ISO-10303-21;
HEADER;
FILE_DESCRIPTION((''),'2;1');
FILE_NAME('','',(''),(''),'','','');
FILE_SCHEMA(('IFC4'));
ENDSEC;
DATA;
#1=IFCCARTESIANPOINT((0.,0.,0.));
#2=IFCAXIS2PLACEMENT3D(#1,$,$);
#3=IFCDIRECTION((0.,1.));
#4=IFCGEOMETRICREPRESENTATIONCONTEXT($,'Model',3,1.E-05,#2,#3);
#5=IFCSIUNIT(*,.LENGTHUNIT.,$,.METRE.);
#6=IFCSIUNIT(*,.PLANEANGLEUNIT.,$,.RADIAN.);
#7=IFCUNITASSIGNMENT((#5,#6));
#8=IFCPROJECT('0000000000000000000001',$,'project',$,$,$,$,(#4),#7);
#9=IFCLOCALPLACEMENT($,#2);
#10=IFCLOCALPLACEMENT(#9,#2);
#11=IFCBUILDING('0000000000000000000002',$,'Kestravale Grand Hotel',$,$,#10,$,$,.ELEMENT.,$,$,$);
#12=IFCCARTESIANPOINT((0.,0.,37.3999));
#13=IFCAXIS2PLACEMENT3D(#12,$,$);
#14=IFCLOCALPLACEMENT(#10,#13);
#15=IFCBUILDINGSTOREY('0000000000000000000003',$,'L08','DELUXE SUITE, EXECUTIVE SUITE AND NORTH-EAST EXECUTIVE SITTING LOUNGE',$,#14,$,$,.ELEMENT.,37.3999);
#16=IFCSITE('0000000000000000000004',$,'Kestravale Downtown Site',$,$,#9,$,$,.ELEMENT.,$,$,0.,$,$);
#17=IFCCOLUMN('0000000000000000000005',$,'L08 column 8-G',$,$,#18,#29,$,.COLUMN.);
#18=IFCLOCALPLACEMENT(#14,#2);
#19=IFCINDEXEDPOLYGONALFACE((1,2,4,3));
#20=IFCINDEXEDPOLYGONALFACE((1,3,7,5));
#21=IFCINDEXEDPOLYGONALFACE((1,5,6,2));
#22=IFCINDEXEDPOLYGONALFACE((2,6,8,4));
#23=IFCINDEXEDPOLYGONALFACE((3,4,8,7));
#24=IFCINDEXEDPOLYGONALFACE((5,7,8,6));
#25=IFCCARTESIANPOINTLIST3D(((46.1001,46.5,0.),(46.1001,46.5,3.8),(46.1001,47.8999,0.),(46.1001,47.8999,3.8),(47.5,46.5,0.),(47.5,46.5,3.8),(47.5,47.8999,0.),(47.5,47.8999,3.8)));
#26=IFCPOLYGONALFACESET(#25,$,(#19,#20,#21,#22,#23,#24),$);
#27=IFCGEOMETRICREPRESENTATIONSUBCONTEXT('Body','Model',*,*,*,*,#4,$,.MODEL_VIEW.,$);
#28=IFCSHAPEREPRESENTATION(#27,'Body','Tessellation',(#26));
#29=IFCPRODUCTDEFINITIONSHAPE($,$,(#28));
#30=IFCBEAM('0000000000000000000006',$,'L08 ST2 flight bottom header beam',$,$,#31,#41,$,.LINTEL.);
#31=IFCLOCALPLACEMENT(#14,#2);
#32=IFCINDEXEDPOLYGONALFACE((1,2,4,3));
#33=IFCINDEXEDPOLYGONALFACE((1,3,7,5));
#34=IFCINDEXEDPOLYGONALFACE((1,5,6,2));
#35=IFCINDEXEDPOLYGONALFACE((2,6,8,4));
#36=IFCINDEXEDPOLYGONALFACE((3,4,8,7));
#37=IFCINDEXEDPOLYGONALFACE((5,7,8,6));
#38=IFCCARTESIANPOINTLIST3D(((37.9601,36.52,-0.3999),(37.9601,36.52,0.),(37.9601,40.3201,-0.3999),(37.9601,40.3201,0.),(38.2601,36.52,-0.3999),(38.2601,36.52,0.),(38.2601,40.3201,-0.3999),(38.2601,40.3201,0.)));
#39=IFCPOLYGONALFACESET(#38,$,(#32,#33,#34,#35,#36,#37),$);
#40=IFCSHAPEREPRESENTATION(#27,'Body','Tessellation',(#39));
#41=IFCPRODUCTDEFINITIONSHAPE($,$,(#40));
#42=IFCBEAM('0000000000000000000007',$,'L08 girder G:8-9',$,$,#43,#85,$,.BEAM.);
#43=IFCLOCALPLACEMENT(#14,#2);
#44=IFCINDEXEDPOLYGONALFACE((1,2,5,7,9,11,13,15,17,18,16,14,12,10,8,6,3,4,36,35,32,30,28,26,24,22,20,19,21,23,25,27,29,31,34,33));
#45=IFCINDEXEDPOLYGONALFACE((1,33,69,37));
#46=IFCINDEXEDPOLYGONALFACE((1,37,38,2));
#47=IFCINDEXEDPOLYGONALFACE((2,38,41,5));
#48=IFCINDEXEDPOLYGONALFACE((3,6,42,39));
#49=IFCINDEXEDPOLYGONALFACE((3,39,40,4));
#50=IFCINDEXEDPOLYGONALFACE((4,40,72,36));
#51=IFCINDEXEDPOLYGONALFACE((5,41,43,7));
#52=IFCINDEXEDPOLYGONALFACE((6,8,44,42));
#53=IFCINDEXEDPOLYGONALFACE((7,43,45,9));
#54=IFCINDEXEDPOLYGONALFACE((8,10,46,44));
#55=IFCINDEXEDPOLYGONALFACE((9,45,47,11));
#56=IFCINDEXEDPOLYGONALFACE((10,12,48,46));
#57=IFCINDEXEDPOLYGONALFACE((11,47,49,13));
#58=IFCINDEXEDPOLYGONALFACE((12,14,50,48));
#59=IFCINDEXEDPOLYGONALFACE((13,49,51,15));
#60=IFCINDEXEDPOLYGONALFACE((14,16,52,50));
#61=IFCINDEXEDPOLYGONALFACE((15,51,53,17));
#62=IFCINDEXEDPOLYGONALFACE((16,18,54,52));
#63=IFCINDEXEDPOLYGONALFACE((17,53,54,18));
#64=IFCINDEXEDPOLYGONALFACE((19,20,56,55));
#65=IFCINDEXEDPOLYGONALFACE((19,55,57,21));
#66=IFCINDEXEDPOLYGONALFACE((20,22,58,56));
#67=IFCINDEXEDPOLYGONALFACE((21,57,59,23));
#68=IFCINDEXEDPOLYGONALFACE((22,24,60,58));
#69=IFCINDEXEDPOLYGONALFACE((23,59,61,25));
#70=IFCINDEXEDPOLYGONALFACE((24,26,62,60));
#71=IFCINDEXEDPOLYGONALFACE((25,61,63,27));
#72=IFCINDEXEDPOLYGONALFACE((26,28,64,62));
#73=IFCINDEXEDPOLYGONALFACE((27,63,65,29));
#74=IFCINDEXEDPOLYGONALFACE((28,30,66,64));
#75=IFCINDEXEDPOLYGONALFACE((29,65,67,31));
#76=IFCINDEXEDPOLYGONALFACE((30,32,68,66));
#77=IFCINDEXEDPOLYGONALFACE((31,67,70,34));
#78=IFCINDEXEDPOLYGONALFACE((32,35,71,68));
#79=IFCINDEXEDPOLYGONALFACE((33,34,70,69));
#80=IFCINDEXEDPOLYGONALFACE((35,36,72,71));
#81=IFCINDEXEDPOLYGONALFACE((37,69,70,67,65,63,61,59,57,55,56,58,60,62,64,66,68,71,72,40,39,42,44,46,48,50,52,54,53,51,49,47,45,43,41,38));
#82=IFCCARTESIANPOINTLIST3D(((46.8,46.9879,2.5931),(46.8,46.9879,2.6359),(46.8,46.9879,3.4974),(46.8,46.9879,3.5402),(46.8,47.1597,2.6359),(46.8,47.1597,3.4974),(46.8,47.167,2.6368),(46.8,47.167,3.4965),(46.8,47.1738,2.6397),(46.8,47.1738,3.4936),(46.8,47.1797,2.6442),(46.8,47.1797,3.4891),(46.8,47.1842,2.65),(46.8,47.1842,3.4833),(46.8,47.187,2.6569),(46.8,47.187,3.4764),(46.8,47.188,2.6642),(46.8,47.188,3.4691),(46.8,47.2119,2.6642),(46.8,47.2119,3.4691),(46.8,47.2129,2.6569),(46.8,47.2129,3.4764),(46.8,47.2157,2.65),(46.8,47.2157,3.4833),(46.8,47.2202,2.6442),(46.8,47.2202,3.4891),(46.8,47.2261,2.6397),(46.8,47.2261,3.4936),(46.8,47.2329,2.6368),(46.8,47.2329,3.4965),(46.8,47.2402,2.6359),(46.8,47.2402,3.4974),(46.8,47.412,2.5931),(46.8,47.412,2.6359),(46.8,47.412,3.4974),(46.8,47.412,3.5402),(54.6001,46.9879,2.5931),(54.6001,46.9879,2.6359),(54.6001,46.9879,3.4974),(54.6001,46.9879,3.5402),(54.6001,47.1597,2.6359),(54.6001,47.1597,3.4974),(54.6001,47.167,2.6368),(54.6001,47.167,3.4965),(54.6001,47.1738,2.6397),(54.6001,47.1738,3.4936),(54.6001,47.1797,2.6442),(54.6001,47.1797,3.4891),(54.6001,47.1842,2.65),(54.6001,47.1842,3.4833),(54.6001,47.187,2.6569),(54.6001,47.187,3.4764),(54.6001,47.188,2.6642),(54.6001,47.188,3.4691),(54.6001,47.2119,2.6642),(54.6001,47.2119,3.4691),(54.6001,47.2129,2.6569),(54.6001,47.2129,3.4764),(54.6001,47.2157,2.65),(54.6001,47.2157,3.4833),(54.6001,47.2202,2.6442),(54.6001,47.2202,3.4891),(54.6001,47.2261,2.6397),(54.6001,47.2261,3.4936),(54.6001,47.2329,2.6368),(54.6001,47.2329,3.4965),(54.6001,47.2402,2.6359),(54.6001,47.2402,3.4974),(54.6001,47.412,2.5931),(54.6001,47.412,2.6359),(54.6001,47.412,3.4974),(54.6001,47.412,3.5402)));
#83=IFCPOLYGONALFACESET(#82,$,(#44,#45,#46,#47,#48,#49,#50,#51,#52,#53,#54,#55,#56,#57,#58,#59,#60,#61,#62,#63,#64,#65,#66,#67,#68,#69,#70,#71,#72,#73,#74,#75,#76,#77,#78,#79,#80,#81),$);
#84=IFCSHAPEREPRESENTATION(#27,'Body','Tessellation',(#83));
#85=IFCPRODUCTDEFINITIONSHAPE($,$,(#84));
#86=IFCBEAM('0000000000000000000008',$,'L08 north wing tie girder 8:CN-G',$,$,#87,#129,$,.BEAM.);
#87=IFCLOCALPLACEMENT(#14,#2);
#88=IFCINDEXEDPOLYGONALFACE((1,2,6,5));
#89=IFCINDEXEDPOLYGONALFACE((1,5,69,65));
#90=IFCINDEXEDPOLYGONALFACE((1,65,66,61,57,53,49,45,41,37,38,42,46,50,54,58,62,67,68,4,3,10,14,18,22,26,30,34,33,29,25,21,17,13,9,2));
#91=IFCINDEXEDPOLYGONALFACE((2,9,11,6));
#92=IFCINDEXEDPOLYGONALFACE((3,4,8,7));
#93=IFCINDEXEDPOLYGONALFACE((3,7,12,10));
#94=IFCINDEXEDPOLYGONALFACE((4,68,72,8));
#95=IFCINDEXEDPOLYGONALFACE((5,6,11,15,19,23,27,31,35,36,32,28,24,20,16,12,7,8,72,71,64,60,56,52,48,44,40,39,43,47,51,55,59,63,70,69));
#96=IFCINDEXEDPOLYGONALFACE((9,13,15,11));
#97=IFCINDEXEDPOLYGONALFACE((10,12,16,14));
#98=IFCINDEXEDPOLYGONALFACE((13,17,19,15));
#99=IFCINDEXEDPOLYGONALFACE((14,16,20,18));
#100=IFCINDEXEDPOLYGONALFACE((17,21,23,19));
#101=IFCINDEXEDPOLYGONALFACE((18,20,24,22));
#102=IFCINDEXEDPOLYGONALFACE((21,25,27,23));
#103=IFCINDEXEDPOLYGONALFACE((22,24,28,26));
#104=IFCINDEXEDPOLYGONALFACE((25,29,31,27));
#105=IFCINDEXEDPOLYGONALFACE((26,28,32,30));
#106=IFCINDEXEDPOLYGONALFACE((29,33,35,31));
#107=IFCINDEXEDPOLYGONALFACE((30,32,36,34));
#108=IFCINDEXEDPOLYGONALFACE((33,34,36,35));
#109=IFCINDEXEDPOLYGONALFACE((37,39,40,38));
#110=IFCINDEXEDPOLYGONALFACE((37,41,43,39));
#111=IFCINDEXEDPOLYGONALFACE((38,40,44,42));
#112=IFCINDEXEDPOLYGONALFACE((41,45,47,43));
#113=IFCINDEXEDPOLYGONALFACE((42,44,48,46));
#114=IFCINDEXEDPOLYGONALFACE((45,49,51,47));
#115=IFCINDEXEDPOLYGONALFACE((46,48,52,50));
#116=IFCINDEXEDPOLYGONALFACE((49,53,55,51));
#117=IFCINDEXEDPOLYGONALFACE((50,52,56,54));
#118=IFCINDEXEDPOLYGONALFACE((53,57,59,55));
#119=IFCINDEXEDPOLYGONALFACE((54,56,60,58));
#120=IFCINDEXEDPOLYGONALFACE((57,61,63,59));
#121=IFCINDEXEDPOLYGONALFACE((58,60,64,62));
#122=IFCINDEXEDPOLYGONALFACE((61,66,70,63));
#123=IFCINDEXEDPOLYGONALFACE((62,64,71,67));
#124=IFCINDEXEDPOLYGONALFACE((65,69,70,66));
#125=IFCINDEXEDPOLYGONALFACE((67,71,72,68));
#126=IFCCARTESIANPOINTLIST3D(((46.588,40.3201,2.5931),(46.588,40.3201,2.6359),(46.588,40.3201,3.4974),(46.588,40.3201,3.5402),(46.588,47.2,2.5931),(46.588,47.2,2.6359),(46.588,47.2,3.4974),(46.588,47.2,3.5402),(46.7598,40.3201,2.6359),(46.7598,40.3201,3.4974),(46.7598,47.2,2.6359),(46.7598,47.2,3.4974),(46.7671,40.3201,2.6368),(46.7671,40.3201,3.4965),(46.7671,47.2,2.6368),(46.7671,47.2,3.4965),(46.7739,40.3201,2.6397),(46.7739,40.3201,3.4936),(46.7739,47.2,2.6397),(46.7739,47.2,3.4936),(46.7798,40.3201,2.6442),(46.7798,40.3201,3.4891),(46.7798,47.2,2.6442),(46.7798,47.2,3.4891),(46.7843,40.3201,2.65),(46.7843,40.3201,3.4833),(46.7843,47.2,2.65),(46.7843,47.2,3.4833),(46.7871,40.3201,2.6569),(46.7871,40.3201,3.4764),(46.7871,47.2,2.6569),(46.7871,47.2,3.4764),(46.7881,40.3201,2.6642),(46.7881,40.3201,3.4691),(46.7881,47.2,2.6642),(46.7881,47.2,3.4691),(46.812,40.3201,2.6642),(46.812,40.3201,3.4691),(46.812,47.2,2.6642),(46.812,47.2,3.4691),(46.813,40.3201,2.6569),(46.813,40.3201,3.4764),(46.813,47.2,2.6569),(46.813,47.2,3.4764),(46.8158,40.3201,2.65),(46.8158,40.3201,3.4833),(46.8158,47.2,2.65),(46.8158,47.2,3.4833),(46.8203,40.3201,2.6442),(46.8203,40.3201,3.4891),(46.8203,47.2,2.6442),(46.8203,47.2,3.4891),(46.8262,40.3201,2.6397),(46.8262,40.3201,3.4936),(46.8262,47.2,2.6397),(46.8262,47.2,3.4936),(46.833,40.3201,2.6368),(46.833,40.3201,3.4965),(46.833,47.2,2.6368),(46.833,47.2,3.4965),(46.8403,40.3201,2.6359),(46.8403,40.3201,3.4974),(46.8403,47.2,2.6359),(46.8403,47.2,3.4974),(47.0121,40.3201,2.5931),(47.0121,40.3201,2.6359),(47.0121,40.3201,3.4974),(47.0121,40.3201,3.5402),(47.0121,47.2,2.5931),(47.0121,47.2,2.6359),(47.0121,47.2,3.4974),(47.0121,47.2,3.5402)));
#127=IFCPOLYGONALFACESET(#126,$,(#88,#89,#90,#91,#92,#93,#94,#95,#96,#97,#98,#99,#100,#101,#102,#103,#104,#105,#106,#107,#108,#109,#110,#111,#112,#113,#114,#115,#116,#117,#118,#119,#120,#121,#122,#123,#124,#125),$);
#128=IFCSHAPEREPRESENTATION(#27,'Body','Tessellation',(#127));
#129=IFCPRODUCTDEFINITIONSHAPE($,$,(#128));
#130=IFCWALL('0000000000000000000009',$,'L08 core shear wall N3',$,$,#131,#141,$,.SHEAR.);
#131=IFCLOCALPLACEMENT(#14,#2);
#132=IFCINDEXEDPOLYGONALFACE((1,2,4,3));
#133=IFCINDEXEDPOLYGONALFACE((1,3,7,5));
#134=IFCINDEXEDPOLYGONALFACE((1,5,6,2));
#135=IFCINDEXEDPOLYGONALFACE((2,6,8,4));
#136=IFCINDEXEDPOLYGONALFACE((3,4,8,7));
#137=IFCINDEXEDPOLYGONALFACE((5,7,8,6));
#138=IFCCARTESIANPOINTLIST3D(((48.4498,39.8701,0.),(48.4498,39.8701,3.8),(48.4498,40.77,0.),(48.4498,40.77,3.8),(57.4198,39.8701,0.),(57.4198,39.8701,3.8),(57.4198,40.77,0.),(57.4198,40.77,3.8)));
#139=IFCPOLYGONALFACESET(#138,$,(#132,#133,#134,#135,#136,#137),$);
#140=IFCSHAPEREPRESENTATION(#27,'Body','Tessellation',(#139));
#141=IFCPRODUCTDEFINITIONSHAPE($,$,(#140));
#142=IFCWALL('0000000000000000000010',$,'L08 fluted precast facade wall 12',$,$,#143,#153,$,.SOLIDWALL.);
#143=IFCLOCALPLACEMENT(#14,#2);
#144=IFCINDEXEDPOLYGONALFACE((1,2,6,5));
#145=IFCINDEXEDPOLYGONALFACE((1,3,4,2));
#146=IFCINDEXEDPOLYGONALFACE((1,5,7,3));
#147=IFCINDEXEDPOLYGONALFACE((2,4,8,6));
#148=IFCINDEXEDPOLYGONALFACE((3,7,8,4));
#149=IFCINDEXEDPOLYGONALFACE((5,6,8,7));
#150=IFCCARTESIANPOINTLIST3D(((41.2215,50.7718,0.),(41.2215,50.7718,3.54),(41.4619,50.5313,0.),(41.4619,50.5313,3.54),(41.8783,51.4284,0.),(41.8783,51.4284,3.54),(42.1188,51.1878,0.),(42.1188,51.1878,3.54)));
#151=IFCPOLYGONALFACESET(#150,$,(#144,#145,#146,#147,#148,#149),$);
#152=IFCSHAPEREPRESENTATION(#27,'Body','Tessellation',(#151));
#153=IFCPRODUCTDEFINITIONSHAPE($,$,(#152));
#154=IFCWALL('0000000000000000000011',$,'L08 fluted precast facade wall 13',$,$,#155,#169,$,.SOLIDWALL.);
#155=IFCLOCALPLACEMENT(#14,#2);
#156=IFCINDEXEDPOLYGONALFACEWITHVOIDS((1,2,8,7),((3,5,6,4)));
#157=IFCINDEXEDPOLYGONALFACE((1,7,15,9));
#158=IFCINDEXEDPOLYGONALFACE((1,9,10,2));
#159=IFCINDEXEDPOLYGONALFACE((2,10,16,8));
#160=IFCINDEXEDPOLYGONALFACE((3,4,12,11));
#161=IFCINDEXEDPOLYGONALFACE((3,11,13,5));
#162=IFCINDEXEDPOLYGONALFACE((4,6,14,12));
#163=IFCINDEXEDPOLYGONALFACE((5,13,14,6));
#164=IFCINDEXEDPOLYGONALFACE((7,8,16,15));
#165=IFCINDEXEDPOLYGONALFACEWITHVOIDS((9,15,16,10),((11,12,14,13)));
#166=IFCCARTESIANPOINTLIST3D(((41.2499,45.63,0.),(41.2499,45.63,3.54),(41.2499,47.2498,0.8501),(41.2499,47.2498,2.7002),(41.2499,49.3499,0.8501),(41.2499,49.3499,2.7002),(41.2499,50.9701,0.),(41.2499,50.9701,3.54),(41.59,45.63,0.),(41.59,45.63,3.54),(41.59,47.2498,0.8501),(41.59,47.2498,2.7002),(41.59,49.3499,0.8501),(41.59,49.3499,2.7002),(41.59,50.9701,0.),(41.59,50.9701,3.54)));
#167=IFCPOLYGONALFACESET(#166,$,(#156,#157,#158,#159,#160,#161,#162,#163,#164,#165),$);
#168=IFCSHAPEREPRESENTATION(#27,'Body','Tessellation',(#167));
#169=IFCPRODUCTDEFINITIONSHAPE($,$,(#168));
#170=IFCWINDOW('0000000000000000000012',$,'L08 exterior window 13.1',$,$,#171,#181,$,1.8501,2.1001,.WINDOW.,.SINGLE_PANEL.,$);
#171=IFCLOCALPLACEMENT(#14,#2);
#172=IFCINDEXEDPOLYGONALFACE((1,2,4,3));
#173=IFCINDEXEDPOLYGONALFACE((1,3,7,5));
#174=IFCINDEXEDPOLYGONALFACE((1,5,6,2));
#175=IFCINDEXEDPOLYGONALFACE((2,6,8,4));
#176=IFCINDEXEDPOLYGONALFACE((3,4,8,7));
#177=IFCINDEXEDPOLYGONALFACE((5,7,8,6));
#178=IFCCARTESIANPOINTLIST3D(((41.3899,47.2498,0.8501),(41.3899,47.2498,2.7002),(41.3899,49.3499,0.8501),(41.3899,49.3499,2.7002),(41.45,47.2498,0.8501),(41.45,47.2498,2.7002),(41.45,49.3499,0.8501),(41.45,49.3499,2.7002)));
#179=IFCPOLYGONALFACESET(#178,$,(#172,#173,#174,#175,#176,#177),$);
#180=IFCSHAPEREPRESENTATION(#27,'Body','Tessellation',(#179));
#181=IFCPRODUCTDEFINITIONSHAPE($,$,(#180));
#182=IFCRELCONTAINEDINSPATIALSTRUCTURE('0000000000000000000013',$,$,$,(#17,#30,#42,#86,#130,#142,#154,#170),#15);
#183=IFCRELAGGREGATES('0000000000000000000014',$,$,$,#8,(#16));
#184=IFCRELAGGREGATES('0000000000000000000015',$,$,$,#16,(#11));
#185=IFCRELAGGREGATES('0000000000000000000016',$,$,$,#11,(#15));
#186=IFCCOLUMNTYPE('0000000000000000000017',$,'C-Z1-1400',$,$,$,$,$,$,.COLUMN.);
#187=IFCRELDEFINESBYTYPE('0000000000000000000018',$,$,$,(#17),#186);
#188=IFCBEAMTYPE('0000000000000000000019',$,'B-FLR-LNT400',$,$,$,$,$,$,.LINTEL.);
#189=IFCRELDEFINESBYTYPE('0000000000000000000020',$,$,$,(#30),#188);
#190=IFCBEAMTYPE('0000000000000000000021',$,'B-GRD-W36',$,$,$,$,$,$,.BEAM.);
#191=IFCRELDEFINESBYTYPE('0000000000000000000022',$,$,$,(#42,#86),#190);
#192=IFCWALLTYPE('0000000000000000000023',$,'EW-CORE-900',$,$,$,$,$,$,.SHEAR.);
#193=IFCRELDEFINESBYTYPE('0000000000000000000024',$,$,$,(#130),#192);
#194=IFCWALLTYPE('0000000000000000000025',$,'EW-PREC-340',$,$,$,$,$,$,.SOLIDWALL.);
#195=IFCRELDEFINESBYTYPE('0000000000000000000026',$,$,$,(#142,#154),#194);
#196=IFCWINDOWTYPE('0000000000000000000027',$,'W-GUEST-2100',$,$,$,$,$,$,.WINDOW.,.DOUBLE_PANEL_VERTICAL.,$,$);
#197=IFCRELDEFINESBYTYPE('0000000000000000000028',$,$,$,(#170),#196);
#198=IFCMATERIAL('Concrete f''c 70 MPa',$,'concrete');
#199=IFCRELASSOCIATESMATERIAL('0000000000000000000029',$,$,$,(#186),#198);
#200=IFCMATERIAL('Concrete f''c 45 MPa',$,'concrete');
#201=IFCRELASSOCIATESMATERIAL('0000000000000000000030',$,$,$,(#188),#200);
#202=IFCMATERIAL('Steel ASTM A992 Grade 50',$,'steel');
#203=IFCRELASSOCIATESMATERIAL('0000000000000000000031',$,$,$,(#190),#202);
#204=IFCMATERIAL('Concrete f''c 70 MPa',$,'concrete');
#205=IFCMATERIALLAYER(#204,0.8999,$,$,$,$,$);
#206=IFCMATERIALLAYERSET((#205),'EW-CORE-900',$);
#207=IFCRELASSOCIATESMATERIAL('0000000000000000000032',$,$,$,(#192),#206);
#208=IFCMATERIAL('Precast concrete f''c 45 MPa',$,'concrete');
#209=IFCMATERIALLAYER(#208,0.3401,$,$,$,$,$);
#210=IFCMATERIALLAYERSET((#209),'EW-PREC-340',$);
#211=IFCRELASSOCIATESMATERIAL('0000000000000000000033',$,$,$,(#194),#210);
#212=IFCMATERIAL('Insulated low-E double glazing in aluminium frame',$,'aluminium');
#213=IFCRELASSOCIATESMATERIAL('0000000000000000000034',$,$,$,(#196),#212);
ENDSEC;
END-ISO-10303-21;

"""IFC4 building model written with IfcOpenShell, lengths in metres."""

from ifc_helpers import new_model, si_unit, direction, frame, frame_2d, origin, origin_2d, place, context, subcontext, project, spatial, rectangle, i_section, extrude, material, layer, layer_set, material_profile, profile_set, type_object, element, fill, save


model = new_model("IFC4")

# Units and contexts
model_context = context("Model", 3, precision=1e-05, world=origin(), true_north=direction((0.0, 1.0)))
body_context = subcontext(model_context, "Body", "Model", "MODEL_VIEW")
ifc_project = project(units=[si_unit("LENGTHUNIT", "METRE"), si_unit("PLANEANGLEUNIT", "RADIAN")], contexts=[model_context])

# Site, building, storey
site_placement = place(None, origin())
site = spatial("IfcSite", under=ifc_project, at=site_placement, Name="Kestravale Downtown Site", CompositionType="ELEMENT", RefElevation=0.0)
building_placement = place(site_placement, origin())
building = spatial("IfcBuilding", under=site, at=building_placement, Name="Kestravale Grand Hotel", CompositionType="ELEMENT")
storey_placement = place(building_placement, frame((0.0, 0.0, 37.3999)))
storey = spatial("IfcBuildingStorey", under=building, at=storey_placement, Name="L08", Description="DELUXE SUITE, EXECUTIVE SUITE AND NORTH-EAST EXECUTIVE SITTING LOUNGE", CompositionType="ELEMENT", Elevation=37.3999)

# Column
ifc_material_1 = material(Name="Concrete f'c 70 MPa", Category="concrete")
ifc_material_profile_1 = material_profile(ifc_material_1, rectangle(XDim=1.3999, YDim=1.3999, at=origin_2d()))
ifc_profile_set_1 = profile_set([ifc_material_profile_1], Name="Concrete f'c 70 MPa")
column_type = type_object("IfcColumnType", Name="C-Z1-1400", PredefinedType="COLUMN", material=ifc_profile_set_1)
column_placement = place(storey_placement, frame((46.8, 47.2, 0.0), z_axis=(0.0, 0.0, 1.0), x_axis=(1.0, 0.0, 0.0)))
element("IfcColumn", 1, at=column_placement, inside=storey, type_object=column_type, Name="L08 column 8-G", PredefinedType="COLUMN", context=body_context, shape_type="SweptSolid", body=[
    extrude(rectangle(XDim=1.3999, YDim=1.3999, at=origin_2d()), origin(), (0.0, 0.0, 1.0), 3.8),
])

# Beams
ifc_material_2 = material(Name="Concrete f'c 45 MPa", Category="concrete")
ifc_material_profile_2 = material_profile(ifc_material_2, rectangle(XDim=0.3, YDim=0.3999, at=origin_2d()))
ifc_profile_set_2 = profile_set([ifc_material_profile_2], Name="Concrete f'c 45 MPa")
beam_type_1 = type_object("IfcBeamType", Name="B-FLR-LNT400", PredefinedType="LINTEL", material=ifc_profile_set_2)
beam_1_placement = place(storey_placement, frame((38.1101, 36.52, -0.2), z_axis=(0.0, 1.0, 0.0), x_axis=(-1.0, 0.0, 0.0)))
element("IfcBeam", 2, at=beam_1_placement, inside=storey, type_object=beam_type_1, Name="L08 ST2 flight bottom header beam", PredefinedType="LINTEL", context=body_context, shape_type="SweptSolid", body=[
    extrude(rectangle(XDim=0.3, YDim=0.3999, at=origin_2d()), origin(), (0.0, 0.0, 1.0), 3.8),
])
ifc_material_3 = material(Name="Steel ASTM A992 Grade 50", Category="steel")
ifc_material_profile_3 = material_profile(ifc_material_3, i_section(OverallWidth=0.4241, OverallDepth=0.947, WebThickness=0.0239, FlangeThickness=0.0427, FilletRadius=0.0283, at=origin_2d()))
ifc_profile_set_3 = profile_set([ifc_material_profile_3], Name="Steel ASTM A992 Grade 50")
beam_type_2 = type_object("IfcBeamType", Name="B-GRD-W36", PredefinedType="BEAM", material=ifc_profile_set_3)
beam_2_placement = place(storey_placement, frame((46.8, 47.2, 3.0667), z_axis=(1.0, 0.0, 0.0), x_axis=(0.0, 1.0, 0.0)))
element("IfcBeam", 3, at=beam_2_placement, inside=storey, type_object=beam_type_2, Name="L08 girder G:8-9", PredefinedType="BEAM", context=body_context, shape_type="SweptSolid", body=[
    extrude(i_section(OverallWidth=0.4241, OverallDepth=0.947, WebThickness=0.0239, FlangeThickness=0.0427, FilletRadius=0.0283, at=origin_2d()), origin(), (0.0, 0.0, 1.0), 7.8),
])
beam_3_placement = place(storey_placement, frame((46.8, 40.3201, 3.0667), z_axis=(0.0, 1.0, 0.0), x_axis=(-1.0, 0.0, 0.0)))
element("IfcBeam", 4, at=beam_3_placement, inside=storey, type_object=beam_type_2, Name="L08 north wing tie girder 8:CN-G", PredefinedType="BEAM", context=body_context, shape_type="SweptSolid", body=[
    extrude(i_section(OverallWidth=0.4241, OverallDepth=0.947, WebThickness=0.0239, FlangeThickness=0.0427, FilletRadius=0.0283, at=origin_2d()), origin(), (0.0, 0.0, 1.0), 6.8799),
])

# Walls
ifc_material_4 = material(Name="Concrete f'c 70 MPa", Category="concrete")
ifc_layer_1 = layer(ifc_material_4, 0.8999)
ifc_layer_set_1 = layer_set([ifc_layer_1], Name="EW-CORE-900")
wall_type_1 = type_object("IfcWallType", Name="EW-CORE-900", PredefinedType="SHEAR", material=ifc_layer_set_1)
wall_1_placement = place(storey_placement, frame((48.45, 40.3201, 0.0), z_axis=(0.0, 0.0, 1.0), x_axis=(1.0, 0.0, 0.0)))
element("IfcWall", 5, at=wall_1_placement, inside=storey, type_object=wall_type_1, Name="L08 core shear wall N3", PredefinedType="SHEAR", context=body_context, shape_type="SweptSolid", body=[
    extrude(rectangle(XDim=8.97, YDim=0.8999, at=frame_2d((4.4849, 0.0))), origin(), (0.0, 0.0, 1.0), 3.8),
])
ifc_material_5 = material(Name="Precast concrete f'c 45 MPa", Category="concrete")
ifc_layer_2 = layer(ifc_material_5, 0.3401)
ifc_layer_set_2 = layer_set([ifc_layer_2], Name="EW-PREC-340")
wall_type_2 = type_object("IfcWallType", Name="EW-PREC-340", PredefinedType="SOLIDWALL", material=ifc_layer_set_2)
wall_2_placement = place(storey_placement, frame((41.9985, 51.3081, 0.0), z_axis=(0.0, 0.0, 1.0), x_axis=(-0.707238, -0.706975, 0.0)))
element("IfcWall", 6, at=wall_2_placement, inside=storey, type_object=wall_type_2, Name="L08 fluted precast facade wall 12", PredefinedType="SOLIDWALL", context=body_context, shape_type="SweptSolid", body=[
    extrude(rectangle(XDim=0.9287, YDim=0.3401, at=frame_2d((0.4644, 0.0))), origin(), (0.0, 0.0, 1.0), 3.54),
])

# Wall, opening, window
wall_3_placement = place(storey_placement, frame((41.4199, 50.97, 0.0), z_axis=(0.0, 0.0, 1.0), x_axis=(0.0, -1.0, 0.0)))
wall_3 = element("IfcWall", 7, at=wall_3_placement, inside=storey, type_object=wall_type_2, Name="L08 fluted precast facade wall 13", PredefinedType="SOLIDWALL", context=body_context, shape_type="SweptSolid", body=[
    extrude(rectangle(XDim=5.3401, YDim=0.3401, at=frame_2d((2.6699, 0.0))), origin(), (0.0, 0.0, 1.0), 3.54),
])
opening_1_placement = place(wall_3_placement, frame((1.6201, 0.0, 0.8501)))
opening_1 = element("IfcOpeningElement", 8, at=opening_1_placement, cuts=wall_3, PredefinedType="OPENING", context=body_context, shape_type="SweptSolid", body=[
    extrude(rectangle(XDim=2.1001, YDim=1.8501, at=frame_2d((1.05, 0.925))), frame((0.0, 0.1799, 0.0), z_axis=(0.0, -1.0, 0.0), x_axis=(1.0, 0.0, 0.0)), (0.0, 0.0, 1.0), 0.3601),
])
ifc_material_6 = material(Name="Insulated low-E double glazing in aluminium frame", Category="aluminium")
window_type = type_object("IfcWindowType", Name="W-GUEST-2100", PartitioningType="DOUBLE_PANEL_VERTICAL", PredefinedType="WINDOW", material=ifc_material_6)
window_1_placement = place(opening_1_placement, origin())
window_1 = element("IfcWindow", 9, at=window_1_placement, inside=storey, type_object=window_type, Name="L08 exterior window 13.1", OverallHeight=1.8501, OverallWidth=2.1001, PartitioningType="SINGLE_PANEL", PredefinedType="WINDOW", context=body_context, shape_type="SweptSolid", body=[
    extrude(rectangle(XDim=2.1001, YDim=1.8501, at=frame_2d((1.05, 0.925))), frame((0.0, 0.03, 0.0), z_axis=(0.0, -1.0, 0.0), x_axis=(1.0, 0.0, 0.0)), (0.0, 0.0, 1.0), 0.0601),
])
fill(opening_1, window_1)

save(model, "model.ifc")
